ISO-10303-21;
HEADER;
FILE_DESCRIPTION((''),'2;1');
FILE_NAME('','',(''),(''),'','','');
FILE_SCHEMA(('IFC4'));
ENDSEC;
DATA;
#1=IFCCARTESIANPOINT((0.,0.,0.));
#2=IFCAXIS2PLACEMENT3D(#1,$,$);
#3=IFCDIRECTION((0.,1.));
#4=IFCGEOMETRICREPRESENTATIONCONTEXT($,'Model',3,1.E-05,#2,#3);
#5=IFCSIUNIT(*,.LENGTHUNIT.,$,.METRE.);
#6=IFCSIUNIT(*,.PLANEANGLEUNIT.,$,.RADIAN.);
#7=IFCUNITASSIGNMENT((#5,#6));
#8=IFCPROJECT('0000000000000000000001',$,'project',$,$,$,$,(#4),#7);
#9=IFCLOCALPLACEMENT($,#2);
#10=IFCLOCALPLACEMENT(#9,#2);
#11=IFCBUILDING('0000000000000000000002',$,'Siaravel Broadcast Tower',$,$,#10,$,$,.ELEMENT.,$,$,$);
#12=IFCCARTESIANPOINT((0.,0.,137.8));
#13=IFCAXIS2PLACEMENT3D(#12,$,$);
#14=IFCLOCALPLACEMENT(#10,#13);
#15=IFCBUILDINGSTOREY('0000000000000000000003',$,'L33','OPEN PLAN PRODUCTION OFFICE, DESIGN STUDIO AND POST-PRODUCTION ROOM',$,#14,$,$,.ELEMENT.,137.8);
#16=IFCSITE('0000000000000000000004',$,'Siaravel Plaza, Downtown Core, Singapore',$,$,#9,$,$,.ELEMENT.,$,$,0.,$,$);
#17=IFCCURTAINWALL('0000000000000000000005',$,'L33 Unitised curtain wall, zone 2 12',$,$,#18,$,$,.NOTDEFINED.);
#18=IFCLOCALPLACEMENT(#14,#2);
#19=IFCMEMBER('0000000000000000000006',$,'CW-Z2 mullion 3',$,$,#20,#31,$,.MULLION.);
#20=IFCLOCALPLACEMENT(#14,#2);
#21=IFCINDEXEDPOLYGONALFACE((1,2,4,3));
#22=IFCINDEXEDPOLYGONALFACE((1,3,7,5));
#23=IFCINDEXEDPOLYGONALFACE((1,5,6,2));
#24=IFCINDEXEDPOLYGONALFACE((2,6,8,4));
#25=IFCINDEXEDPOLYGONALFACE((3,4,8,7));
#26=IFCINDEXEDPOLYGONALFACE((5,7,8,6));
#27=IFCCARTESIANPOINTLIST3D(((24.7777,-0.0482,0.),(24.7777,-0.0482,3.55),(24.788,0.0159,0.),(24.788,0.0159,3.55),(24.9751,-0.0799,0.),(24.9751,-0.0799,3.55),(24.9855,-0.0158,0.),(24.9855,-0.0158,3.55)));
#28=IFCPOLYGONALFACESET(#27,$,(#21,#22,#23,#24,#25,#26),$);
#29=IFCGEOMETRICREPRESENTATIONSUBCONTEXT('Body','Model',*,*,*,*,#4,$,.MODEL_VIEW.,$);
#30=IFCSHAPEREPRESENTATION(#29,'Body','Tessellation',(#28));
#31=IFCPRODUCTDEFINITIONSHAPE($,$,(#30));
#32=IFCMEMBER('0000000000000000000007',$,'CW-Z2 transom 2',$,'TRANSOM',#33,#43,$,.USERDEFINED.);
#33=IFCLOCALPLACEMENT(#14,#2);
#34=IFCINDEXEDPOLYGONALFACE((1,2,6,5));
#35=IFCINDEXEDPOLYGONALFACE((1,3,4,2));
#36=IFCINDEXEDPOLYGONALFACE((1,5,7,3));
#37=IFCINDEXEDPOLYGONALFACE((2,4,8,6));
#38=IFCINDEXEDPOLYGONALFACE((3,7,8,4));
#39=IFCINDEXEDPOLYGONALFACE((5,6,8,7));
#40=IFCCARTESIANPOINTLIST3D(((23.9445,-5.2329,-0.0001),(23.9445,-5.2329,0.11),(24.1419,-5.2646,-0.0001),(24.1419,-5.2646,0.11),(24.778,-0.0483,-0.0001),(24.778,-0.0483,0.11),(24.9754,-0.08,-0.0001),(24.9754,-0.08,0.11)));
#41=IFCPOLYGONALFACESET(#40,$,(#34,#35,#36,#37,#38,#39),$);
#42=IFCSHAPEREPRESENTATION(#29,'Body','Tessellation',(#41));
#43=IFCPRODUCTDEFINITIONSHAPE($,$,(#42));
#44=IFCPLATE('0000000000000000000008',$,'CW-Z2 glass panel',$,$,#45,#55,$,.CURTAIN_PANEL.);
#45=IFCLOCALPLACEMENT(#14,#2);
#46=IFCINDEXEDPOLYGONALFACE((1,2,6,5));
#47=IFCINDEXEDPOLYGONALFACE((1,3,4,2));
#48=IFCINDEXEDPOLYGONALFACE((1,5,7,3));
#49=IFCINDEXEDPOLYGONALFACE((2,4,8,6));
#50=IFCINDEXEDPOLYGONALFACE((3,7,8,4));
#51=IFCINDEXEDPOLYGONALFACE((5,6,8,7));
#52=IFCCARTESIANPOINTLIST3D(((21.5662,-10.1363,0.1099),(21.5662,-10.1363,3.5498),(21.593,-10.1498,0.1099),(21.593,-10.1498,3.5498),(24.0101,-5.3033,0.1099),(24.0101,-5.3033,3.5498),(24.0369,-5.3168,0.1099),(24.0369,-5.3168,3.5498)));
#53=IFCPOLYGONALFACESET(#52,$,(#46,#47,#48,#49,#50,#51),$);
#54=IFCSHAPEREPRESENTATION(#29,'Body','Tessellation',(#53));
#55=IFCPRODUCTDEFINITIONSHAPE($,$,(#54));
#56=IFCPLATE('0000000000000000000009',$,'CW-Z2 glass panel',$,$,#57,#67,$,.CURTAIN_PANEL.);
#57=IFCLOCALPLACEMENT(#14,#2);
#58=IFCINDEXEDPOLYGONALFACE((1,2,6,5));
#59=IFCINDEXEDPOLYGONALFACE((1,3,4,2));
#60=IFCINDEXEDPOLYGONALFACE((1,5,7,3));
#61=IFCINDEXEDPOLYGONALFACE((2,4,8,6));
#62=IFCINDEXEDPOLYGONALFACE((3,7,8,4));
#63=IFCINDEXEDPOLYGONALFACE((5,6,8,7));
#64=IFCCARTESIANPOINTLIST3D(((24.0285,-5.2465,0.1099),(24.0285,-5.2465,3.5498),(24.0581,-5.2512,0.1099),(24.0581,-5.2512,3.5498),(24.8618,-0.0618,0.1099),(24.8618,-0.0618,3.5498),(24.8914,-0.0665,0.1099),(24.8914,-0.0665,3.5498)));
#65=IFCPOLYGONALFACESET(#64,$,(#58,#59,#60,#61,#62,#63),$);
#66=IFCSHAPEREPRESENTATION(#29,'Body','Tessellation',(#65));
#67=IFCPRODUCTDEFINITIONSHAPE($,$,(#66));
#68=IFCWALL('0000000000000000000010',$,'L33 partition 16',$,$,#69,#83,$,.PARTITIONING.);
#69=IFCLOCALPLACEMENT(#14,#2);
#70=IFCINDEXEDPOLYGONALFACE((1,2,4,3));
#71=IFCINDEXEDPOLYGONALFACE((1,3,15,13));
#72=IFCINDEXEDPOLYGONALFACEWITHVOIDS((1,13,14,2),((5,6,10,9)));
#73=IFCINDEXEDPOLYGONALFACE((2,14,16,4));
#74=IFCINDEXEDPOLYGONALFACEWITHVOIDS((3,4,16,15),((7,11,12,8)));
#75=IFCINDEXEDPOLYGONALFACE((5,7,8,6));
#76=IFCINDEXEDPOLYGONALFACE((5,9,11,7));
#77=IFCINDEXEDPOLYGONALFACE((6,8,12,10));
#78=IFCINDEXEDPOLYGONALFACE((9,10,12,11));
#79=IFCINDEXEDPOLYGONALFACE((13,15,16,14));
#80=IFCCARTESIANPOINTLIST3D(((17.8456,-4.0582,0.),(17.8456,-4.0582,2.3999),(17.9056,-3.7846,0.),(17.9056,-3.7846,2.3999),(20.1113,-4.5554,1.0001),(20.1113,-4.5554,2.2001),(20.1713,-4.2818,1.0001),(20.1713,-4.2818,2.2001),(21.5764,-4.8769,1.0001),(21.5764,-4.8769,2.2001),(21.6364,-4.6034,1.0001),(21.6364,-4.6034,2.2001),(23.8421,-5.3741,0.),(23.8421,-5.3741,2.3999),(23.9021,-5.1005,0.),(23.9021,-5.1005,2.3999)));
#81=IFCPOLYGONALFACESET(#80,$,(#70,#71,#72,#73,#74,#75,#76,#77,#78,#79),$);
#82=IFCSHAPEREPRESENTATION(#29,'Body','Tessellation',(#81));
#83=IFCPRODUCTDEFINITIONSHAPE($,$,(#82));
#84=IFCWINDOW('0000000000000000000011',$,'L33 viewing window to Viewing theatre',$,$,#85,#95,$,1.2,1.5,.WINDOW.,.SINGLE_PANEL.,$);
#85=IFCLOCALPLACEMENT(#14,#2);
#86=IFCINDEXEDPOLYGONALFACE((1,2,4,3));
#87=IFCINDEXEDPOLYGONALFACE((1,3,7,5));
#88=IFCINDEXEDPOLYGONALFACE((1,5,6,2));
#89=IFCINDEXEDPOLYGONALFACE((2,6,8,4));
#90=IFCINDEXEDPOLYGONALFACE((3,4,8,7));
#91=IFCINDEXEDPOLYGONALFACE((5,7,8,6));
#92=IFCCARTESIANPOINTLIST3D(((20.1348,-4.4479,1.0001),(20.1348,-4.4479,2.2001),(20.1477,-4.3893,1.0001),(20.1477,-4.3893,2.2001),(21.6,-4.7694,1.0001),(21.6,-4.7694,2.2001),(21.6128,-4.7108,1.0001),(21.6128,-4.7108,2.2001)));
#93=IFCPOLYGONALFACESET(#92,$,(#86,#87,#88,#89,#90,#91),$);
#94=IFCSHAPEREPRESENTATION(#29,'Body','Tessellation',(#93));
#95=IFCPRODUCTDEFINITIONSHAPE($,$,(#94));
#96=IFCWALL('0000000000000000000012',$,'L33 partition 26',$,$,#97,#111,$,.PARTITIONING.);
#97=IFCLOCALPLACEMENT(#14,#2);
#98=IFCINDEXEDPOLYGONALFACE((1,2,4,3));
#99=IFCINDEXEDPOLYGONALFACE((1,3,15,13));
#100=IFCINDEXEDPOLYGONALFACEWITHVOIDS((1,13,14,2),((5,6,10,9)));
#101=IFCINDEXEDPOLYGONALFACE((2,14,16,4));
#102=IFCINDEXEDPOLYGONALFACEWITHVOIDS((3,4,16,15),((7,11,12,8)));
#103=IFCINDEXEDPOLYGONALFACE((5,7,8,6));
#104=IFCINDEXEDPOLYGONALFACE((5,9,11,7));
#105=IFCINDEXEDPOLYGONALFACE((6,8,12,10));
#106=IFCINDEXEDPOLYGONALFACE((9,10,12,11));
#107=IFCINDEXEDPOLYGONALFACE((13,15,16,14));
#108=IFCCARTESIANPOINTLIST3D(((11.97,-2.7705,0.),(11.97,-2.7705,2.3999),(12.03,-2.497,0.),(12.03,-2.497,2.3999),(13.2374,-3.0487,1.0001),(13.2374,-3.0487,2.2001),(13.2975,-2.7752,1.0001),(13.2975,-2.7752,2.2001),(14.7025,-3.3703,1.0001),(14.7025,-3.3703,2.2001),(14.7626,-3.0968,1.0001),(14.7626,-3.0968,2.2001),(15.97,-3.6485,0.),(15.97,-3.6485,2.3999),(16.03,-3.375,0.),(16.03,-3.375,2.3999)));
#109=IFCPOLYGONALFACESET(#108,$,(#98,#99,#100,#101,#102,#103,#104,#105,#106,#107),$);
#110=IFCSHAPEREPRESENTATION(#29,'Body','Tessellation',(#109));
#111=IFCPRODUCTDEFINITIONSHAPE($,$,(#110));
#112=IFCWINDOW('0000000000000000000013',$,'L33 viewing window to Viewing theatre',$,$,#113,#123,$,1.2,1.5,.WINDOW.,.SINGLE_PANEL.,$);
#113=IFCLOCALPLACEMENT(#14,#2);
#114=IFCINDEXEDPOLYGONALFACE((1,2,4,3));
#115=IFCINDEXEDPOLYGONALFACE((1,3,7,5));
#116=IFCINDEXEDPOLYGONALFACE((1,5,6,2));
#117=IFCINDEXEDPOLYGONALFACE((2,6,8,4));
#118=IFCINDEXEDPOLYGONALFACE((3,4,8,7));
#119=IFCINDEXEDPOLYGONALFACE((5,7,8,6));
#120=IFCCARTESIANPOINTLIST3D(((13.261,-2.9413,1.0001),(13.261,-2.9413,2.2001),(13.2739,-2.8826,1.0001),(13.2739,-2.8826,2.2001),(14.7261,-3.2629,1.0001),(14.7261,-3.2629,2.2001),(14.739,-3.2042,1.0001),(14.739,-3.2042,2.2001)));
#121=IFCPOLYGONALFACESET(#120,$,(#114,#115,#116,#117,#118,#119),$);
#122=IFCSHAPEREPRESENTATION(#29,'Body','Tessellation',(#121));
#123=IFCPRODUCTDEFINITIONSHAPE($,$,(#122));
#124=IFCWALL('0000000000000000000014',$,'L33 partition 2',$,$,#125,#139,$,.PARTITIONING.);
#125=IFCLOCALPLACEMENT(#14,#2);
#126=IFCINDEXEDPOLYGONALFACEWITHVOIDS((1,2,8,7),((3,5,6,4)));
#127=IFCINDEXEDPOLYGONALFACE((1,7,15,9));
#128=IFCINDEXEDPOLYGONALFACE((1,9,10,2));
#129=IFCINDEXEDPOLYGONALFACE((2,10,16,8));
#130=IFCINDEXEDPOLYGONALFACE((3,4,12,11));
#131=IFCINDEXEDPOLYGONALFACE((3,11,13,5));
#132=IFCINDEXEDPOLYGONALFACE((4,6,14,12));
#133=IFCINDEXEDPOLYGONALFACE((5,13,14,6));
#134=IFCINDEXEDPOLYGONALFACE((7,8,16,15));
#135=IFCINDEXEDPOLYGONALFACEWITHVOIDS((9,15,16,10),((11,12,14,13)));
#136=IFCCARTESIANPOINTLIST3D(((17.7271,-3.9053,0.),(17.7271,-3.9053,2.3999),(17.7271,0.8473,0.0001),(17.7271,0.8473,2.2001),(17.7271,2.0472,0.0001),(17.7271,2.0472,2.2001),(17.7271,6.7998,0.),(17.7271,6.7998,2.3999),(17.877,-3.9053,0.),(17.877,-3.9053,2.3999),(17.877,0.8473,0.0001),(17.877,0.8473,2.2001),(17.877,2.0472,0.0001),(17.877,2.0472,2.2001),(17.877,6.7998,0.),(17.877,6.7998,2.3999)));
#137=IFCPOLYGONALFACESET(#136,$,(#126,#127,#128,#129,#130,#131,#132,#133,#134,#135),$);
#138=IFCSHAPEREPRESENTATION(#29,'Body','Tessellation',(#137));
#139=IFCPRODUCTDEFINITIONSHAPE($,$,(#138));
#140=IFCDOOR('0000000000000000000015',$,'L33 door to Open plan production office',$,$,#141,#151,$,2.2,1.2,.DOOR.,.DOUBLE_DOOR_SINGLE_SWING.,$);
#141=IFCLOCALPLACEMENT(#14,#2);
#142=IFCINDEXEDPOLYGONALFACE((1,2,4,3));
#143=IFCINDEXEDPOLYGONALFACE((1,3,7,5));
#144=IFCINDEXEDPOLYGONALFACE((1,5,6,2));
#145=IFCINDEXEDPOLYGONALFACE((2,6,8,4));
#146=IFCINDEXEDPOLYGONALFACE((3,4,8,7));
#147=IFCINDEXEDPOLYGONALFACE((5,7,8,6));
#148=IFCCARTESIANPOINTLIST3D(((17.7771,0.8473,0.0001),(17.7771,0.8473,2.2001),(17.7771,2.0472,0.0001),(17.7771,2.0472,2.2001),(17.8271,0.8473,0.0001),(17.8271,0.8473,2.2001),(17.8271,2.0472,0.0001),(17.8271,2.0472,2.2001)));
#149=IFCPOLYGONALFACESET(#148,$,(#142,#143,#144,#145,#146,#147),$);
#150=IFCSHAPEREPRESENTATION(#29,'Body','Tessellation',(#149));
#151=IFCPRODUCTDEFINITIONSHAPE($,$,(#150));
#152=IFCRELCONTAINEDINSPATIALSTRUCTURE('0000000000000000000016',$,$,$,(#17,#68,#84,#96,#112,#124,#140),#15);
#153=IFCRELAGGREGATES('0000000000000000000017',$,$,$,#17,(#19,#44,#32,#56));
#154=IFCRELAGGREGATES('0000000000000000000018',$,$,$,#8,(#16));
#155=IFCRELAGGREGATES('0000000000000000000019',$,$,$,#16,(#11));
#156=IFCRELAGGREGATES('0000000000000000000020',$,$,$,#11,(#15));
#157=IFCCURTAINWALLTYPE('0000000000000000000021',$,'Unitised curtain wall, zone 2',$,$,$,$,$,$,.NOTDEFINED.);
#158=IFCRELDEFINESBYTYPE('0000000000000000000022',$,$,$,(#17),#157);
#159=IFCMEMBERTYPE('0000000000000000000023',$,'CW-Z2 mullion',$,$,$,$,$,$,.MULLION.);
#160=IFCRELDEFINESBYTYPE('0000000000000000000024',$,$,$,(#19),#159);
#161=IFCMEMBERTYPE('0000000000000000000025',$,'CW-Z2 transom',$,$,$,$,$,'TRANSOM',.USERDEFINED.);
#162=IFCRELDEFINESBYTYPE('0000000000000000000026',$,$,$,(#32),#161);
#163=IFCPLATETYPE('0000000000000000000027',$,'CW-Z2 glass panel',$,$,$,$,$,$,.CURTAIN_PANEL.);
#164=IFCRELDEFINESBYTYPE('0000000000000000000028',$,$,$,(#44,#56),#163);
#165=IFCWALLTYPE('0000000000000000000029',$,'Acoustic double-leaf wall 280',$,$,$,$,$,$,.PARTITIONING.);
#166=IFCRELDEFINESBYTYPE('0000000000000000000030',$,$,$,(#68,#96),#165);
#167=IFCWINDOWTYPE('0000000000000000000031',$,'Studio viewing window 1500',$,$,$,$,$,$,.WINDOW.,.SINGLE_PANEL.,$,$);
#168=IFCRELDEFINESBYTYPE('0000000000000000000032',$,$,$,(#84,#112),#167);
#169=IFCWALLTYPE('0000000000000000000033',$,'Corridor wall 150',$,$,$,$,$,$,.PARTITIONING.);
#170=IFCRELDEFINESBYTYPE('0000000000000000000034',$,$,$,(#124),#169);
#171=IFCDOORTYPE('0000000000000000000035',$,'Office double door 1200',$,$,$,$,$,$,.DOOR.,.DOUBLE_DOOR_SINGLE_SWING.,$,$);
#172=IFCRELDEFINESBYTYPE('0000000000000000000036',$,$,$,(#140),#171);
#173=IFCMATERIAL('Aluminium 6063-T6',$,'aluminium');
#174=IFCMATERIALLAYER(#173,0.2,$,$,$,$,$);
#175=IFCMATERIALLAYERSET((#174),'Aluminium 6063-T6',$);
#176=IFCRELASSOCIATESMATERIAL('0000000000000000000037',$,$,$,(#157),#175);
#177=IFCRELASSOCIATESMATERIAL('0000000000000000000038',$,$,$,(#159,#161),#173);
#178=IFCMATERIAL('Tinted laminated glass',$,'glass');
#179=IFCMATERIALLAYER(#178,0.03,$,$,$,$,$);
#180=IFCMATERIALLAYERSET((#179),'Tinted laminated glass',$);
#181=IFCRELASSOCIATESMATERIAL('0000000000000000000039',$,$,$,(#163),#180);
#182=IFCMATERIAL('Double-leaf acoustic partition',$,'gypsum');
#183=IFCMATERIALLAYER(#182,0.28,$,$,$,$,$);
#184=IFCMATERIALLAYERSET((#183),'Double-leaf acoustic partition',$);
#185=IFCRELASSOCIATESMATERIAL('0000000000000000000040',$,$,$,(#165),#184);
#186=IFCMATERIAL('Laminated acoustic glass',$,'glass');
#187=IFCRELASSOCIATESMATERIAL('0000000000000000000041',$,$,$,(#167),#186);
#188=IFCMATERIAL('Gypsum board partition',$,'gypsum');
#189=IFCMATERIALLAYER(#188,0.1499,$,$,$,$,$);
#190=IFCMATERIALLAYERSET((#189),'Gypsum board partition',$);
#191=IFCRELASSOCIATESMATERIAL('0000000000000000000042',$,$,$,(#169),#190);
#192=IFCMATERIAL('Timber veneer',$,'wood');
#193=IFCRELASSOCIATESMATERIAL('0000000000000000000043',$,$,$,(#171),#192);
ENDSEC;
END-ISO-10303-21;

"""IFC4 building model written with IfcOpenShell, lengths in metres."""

from ifc_helpers import new_model, si_unit, direction, frame, frame_2d, origin, origin_2d, place, context, subcontext, project, spatial, rectangle, extrude, material, layer, layer_set, material_profile, profile_set, type_object, element, fill, aggregate, save


model = new_model("IFC4")

# Units and contexts
model_context = context("Model", 3, precision=1e-05, world=origin(), true_north=direction((0.0, 1.0)))
body_context = subcontext(model_context, "Body", "Model", "MODEL_VIEW")
ifc_project = project(units=[si_unit("LENGTHUNIT", "METRE"), si_unit("PLANEANGLEUNIT", "RADIAN")], contexts=[model_context])

# Site, building, storey
site_placement = place(None, origin())
site = spatial("IfcSite", under=ifc_project, at=site_placement, Name="Siaravel Plaza, Downtown Core, Singapore", CompositionType="ELEMENT", RefElevation=0.0)
building_placement = place(site_placement, origin())
building = spatial("IfcBuilding", under=site, at=building_placement, Name="Siaravel Broadcast Tower", CompositionType="ELEMENT")
storey_placement = place(building_placement, frame((0.0, 0.0, 137.8)))
storey = spatial("IfcBuildingStorey", under=building, at=storey_placement, Name="L33", Description="OPEN PLAN PRODUCTION OFFICE, DESIGN STUDIO AND POST-PRODUCTION ROOM", CompositionType="ELEMENT", Elevation=137.8)

# Curtain wall, members, plates
ifc_material_1 = material(Name="Aluminium 6063-T6", Category="aluminium")
ifc_layer_1 = layer(ifc_material_1, 0.2)
ifc_layer_set_1 = layer_set([ifc_layer_1], Name="Aluminium 6063-T6")
curtain_wall_type = type_object("IfcCurtainWallType", Name="Unitised curtain wall, zone 2", PredefinedType="NOTDEFINED", material=ifc_layer_set_1)
curtain_wall_placement = place(storey_placement, origin())
curtain_wall = element("IfcCurtainWall", 1, at=curtain_wall_placement, inside=storey, type_object=curtain_wall_type, Name="L33 Unitised curtain wall, zone 2 12", PredefinedType="NOTDEFINED")
ifc_material_profile_1 = material_profile(ifc_material_1, rectangle(XDim=0.2, YDim=0.0649, at=origin_2d()))
ifc_profile_set_1 = profile_set([ifc_material_profile_1], Name="Aluminium 6063-T6")
member_type_1 = type_object("IfcMemberType", Name="CW-Z2 mullion", PredefinedType="MULLION", material=ifc_profile_set_1)
member_1_placement = place(storey_placement, frame((24.8816, -0.032, 0.0), z_axis=(0.0, 0.0, 1.0), x_axis=(-0.987329, 0.158685, 0.0)))
member_1 = element("IfcMember", 2, at=member_1_placement, type_object=member_type_1, Name="CW-Z2 mullion 3", PredefinedType="MULLION", context=body_context, shape_type="SweptSolid", body=[
    extrude(rectangle(XDim=0.2, YDim=0.0649, at=origin_2d()), origin(), (0.0, 0.0, 1.0), 3.55),
])
ifc_material_profile_2 = material_profile(ifc_material_1, rectangle(XDim=0.2, YDim=0.1101, at=origin_2d()))
ifc_profile_set_2 = profile_set([ifc_material_profile_2], Name="Aluminium 6063-T6")
member_type_2 = type_object("IfcMemberType", Name="CW-Z2 transom", ElementType="TRANSOM", PredefinedType="USERDEFINED", material=ifc_profile_set_2)
member_2_placement = place(storey_placement, frame((24.0432, -5.2488, 0.0549), z_axis=(0.158727, 0.987323, 0.0), x_axis=(-0.987323, 0.158727, 0.0)))
member_2 = element("IfcMember", 3, at=member_2_placement, type_object=member_type_2, Name="CW-Z2 transom 2", ObjectType="TRANSOM", PredefinedType="USERDEFINED", context=body_context, shape_type="SweptSolid", body=[
    extrude(rectangle(XDim=0.2, YDim=0.1101, at=origin_2d()), origin(), (0.0, 0.0, 1.0), 5.2512),
])
ifc_material_2 = material(Name="Tinted laminated glass", Category="glass")
ifc_layer_2 = layer(ifc_material_2, 0.03)
ifc_layer_set_2 = layer_set([ifc_layer_2], Name="Tinted laminated glass")
plate_type = type_object("IfcPlateType", Name="CW-Z2 glass panel", PredefinedType="CURTAIN_PANEL", material=ifc_layer_set_2)
plate_1_placement = place(storey_placement, frame((22.8015, -7.7266, 0.1099), z_axis=(0.0, 0.0, 1.0), x_axis=(0.451259, 0.892393, 0.0)))
plate_1 = element("IfcPlate", 4, at=plate_1_placement, type_object=plate_type, Name="CW-Z2 glass panel", PredefinedType="CURTAIN_PANEL", context=body_context, shape_type="SweptSolid", body=[
    extrude(rectangle(XDim=5.4158, YDim=0.03, at=origin_2d()), origin(), (0.0, 0.0, 1.0), 3.4399),
])
plate_2_placement = place(storey_placement, frame((24.46, -2.6565, 0.1099), z_axis=(0.0, 0.0, 1.0), x_axis=(0.158685, 0.987329, 0.0)))
plate_2 = element("IfcPlate", 5, at=plate_2_placement, type_object=plate_type, Name="CW-Z2 glass panel", PredefinedType="CURTAIN_PANEL", context=body_context, shape_type="SweptSolid", body=[
    extrude(rectangle(XDim=5.2512, YDim=0.03, at=origin_2d()), origin(), (0.0, 0.0, 1.0), 3.4399),
])
aggregate(curtain_wall, [member_1, plate_1, member_2, plate_2])

# Walls, openings, windows
ifc_material_3 = material(Name="Double-leaf acoustic partition", Category="gypsum")
ifc_layer_3 = layer(ifc_material_3, 0.28)
ifc_layer_set_3 = layer_set([ifc_layer_3], Name="Double-leaf acoustic partition")
wall_type_1 = type_object("IfcWallType", Name="Acoustic double-leaf wall 280", PredefinedType="PARTITIONING", material=ifc_layer_set_3)
wall_1_placement = place(storey_placement, frame((23.8721, -5.2373, 0.0), z_axis=(0.0, 0.0, 1.0), x_axis=(-0.976758, 0.214344, 0.0)))
wall_1 = element("IfcWall", 6, at=wall_1_placement, inside=storey, type_object=wall_type_1, Name="L33 partition 16", PredefinedType="PARTITIONING", context=body_context, shape_type="SweptSolid", body=[
    extrude(rectangle(XDim=6.1392, YDim=0.28, at=frame_2d((3.0696, 0.0))), origin(), (0.0, 0.0, 1.0), 2.3999),
])
opening_1_placement = place(wall_1_placement, frame((2.3196, 0.0, 1.0)))
opening_1 = element("IfcOpeningElement", 7, at=opening_1_placement, cuts=wall_1, PredefinedType="OPENING", context=body_context, shape_type="SweptSolid", body=[
    extrude(rectangle(XDim=1.5, YDim=1.2, at=frame_2d((0.75, 0.6001))), frame((0.0, 0.1499, 0.0), z_axis=(0.0, -1.0, 0.0), x_axis=(1.0, 0.0, 0.0)), (0.0, 0.0, 1.0), 0.3),
])
ifc_material_4 = material(Name="Laminated acoustic glass", Category="glass")
window_type = type_object("IfcWindowType", Name="Studio viewing window 1500", PartitioningType="SINGLE_PANEL", PredefinedType="WINDOW", material=ifc_material_4)
window_1_placement = place(opening_1_placement, origin())
window_1 = element("IfcWindow", 8, at=window_1_placement, inside=storey, type_object=window_type, Name="L33 viewing window to Viewing theatre", OverallHeight=1.2, OverallWidth=1.5, PartitioningType="SINGLE_PANEL", PredefinedType="WINDOW", context=body_context, shape_type="SweptSolid", body=[
    extrude(rectangle(XDim=1.5, YDim=1.2, at=frame_2d((0.75, 0.6001))), frame((0.0, 0.03, 0.0), z_axis=(0.0, -1.0, 0.0), x_axis=(1.0, 0.0, 0.0)), (0.0, 0.0, 1.0), 0.0601),
])
fill(opening_1, window_1)
wall_2_placement = place(storey_placement, frame((16.0, -3.5117, 0.0), z_axis=(0.0, 0.0, 1.0), x_axis=(-0.97675, 0.21438, 0.0)))
wall_2 = element("IfcWall", 9, at=wall_2_placement, inside=storey, type_object=wall_type_1, Name="L33 partition 26", PredefinedType="PARTITIONING", context=body_context, shape_type="SweptSolid", body=[
    extrude(rectangle(XDim=4.0952, YDim=0.28, at=frame_2d((2.0476, 0.0))), origin(), (0.0, 0.0, 1.0), 2.3999),
])
opening_2_placement = place(wall_2_placement, frame((1.2976, 0.0, 1.0)))
opening_2 = element("IfcOpeningElement", 10, at=opening_2_placement, cuts=wall_2, PredefinedType="OPENING", context=body_context, shape_type="SweptSolid", body=[
    extrude(rectangle(XDim=1.5, YDim=1.2, at=frame_2d((0.75, 0.6001))), frame((0.0, 0.1499, 0.0), z_axis=(0.0, -1.0, 0.0), x_axis=(1.0, 0.0, 0.0)), (0.0, 0.0, 1.0), 0.3),
])
window_2_placement = place(opening_2_placement, origin())
window_2 = element("IfcWindow", 11, at=window_2_placement, inside=storey, type_object=window_type, Name="L33 viewing window to Viewing theatre", OverallHeight=1.2, OverallWidth=1.5, PartitioningType="SINGLE_PANEL", PredefinedType="WINDOW", context=body_context, shape_type="SweptSolid", body=[
    extrude(rectangle(XDim=1.5, YDim=1.2, at=frame_2d((0.75, 0.6001))), frame((0.0, 0.03, 0.0), z_axis=(0.0, -1.0, 0.0), x_axis=(1.0, 0.0, 0.0)), (0.0, 0.0, 1.0), 0.0601),
])
fill(opening_2, window_2)

# Wall, opening, door
ifc_material_5 = material(Name="Gypsum board partition", Category="gypsum")
ifc_layer_4 = layer(ifc_material_5, 0.1499)
ifc_layer_set_4 = layer_set([ifc_layer_4], Name="Gypsum board partition")
wall_type_2 = type_object("IfcWallType", Name="Corridor wall 150", PredefinedType="PARTITIONING", material=ifc_layer_set_4)
wall_3_placement = place(storey_placement, frame((17.802, -3.9053, 0.0), z_axis=(0.0, 0.0, 1.0), x_axis=(0.0, 1.0, 0.0)))
wall_3 = element("IfcWall", 12, at=wall_3_placement, inside=storey, type_object=wall_type_2, Name="L33 partition 2", PredefinedType="PARTITIONING", context=body_context, shape_type="SweptSolid", body=[
    extrude(rectangle(XDim=10.7051, YDim=0.1499, at=frame_2d((5.3525, 0.0))), origin(), (0.0, 0.0, 1.0), 2.3999),
])
opening_3_placement = place(wall_3_placement, frame((4.7524, 0.0, 0.0)))
opening_3 = element("IfcOpeningElement", 13, at=opening_3_placement, cuts=wall_3, PredefinedType="OPENING", context=body_context, shape_type="SweptSolid", body=[
    extrude(rectangle(XDim=1.2, YDim=2.2, at=frame_2d((0.6001, 1.1001))), frame((0.0, 0.085, 0.0), z_axis=(0.0, -1.0, 0.0), x_axis=(1.0, 0.0, 0.0)), (0.0, 0.0, 1.0), 0.1699),
])
ifc_material_6 = material(Name="Timber veneer", Category="wood")
door_type_1 = type_object("IfcDoorType", Name="Office double door 1200", OperationType="DOUBLE_DOOR_SINGLE_SWING", PredefinedType="DOOR", material=ifc_material_6)
door_1_placement = place(opening_3_placement, origin())
door_1 = element("IfcDoor", 14, at=door_1_placement, inside=storey, type_object=door_type_1, Name="L33 door to Open plan production office", OperationType="DOUBLE_DOOR_SINGLE_SWING", OverallHeight=2.2, OverallWidth=1.2, PredefinedType="DOOR", context=body_context, shape_type="SweptSolid", body=[
    extrude(rectangle(XDim=1.2, YDim=2.2, at=frame_2d((0.6001, 1.1001))), frame((0.0, 0.0249, 0.0), z_axis=(0.0, -1.0, 0.0), x_axis=(1.0, 0.0, 0.0)), (0.0, 0.0, 1.0), 0.05),
])
fill(opening_3, door_1)

save(model, "model.ifc")
